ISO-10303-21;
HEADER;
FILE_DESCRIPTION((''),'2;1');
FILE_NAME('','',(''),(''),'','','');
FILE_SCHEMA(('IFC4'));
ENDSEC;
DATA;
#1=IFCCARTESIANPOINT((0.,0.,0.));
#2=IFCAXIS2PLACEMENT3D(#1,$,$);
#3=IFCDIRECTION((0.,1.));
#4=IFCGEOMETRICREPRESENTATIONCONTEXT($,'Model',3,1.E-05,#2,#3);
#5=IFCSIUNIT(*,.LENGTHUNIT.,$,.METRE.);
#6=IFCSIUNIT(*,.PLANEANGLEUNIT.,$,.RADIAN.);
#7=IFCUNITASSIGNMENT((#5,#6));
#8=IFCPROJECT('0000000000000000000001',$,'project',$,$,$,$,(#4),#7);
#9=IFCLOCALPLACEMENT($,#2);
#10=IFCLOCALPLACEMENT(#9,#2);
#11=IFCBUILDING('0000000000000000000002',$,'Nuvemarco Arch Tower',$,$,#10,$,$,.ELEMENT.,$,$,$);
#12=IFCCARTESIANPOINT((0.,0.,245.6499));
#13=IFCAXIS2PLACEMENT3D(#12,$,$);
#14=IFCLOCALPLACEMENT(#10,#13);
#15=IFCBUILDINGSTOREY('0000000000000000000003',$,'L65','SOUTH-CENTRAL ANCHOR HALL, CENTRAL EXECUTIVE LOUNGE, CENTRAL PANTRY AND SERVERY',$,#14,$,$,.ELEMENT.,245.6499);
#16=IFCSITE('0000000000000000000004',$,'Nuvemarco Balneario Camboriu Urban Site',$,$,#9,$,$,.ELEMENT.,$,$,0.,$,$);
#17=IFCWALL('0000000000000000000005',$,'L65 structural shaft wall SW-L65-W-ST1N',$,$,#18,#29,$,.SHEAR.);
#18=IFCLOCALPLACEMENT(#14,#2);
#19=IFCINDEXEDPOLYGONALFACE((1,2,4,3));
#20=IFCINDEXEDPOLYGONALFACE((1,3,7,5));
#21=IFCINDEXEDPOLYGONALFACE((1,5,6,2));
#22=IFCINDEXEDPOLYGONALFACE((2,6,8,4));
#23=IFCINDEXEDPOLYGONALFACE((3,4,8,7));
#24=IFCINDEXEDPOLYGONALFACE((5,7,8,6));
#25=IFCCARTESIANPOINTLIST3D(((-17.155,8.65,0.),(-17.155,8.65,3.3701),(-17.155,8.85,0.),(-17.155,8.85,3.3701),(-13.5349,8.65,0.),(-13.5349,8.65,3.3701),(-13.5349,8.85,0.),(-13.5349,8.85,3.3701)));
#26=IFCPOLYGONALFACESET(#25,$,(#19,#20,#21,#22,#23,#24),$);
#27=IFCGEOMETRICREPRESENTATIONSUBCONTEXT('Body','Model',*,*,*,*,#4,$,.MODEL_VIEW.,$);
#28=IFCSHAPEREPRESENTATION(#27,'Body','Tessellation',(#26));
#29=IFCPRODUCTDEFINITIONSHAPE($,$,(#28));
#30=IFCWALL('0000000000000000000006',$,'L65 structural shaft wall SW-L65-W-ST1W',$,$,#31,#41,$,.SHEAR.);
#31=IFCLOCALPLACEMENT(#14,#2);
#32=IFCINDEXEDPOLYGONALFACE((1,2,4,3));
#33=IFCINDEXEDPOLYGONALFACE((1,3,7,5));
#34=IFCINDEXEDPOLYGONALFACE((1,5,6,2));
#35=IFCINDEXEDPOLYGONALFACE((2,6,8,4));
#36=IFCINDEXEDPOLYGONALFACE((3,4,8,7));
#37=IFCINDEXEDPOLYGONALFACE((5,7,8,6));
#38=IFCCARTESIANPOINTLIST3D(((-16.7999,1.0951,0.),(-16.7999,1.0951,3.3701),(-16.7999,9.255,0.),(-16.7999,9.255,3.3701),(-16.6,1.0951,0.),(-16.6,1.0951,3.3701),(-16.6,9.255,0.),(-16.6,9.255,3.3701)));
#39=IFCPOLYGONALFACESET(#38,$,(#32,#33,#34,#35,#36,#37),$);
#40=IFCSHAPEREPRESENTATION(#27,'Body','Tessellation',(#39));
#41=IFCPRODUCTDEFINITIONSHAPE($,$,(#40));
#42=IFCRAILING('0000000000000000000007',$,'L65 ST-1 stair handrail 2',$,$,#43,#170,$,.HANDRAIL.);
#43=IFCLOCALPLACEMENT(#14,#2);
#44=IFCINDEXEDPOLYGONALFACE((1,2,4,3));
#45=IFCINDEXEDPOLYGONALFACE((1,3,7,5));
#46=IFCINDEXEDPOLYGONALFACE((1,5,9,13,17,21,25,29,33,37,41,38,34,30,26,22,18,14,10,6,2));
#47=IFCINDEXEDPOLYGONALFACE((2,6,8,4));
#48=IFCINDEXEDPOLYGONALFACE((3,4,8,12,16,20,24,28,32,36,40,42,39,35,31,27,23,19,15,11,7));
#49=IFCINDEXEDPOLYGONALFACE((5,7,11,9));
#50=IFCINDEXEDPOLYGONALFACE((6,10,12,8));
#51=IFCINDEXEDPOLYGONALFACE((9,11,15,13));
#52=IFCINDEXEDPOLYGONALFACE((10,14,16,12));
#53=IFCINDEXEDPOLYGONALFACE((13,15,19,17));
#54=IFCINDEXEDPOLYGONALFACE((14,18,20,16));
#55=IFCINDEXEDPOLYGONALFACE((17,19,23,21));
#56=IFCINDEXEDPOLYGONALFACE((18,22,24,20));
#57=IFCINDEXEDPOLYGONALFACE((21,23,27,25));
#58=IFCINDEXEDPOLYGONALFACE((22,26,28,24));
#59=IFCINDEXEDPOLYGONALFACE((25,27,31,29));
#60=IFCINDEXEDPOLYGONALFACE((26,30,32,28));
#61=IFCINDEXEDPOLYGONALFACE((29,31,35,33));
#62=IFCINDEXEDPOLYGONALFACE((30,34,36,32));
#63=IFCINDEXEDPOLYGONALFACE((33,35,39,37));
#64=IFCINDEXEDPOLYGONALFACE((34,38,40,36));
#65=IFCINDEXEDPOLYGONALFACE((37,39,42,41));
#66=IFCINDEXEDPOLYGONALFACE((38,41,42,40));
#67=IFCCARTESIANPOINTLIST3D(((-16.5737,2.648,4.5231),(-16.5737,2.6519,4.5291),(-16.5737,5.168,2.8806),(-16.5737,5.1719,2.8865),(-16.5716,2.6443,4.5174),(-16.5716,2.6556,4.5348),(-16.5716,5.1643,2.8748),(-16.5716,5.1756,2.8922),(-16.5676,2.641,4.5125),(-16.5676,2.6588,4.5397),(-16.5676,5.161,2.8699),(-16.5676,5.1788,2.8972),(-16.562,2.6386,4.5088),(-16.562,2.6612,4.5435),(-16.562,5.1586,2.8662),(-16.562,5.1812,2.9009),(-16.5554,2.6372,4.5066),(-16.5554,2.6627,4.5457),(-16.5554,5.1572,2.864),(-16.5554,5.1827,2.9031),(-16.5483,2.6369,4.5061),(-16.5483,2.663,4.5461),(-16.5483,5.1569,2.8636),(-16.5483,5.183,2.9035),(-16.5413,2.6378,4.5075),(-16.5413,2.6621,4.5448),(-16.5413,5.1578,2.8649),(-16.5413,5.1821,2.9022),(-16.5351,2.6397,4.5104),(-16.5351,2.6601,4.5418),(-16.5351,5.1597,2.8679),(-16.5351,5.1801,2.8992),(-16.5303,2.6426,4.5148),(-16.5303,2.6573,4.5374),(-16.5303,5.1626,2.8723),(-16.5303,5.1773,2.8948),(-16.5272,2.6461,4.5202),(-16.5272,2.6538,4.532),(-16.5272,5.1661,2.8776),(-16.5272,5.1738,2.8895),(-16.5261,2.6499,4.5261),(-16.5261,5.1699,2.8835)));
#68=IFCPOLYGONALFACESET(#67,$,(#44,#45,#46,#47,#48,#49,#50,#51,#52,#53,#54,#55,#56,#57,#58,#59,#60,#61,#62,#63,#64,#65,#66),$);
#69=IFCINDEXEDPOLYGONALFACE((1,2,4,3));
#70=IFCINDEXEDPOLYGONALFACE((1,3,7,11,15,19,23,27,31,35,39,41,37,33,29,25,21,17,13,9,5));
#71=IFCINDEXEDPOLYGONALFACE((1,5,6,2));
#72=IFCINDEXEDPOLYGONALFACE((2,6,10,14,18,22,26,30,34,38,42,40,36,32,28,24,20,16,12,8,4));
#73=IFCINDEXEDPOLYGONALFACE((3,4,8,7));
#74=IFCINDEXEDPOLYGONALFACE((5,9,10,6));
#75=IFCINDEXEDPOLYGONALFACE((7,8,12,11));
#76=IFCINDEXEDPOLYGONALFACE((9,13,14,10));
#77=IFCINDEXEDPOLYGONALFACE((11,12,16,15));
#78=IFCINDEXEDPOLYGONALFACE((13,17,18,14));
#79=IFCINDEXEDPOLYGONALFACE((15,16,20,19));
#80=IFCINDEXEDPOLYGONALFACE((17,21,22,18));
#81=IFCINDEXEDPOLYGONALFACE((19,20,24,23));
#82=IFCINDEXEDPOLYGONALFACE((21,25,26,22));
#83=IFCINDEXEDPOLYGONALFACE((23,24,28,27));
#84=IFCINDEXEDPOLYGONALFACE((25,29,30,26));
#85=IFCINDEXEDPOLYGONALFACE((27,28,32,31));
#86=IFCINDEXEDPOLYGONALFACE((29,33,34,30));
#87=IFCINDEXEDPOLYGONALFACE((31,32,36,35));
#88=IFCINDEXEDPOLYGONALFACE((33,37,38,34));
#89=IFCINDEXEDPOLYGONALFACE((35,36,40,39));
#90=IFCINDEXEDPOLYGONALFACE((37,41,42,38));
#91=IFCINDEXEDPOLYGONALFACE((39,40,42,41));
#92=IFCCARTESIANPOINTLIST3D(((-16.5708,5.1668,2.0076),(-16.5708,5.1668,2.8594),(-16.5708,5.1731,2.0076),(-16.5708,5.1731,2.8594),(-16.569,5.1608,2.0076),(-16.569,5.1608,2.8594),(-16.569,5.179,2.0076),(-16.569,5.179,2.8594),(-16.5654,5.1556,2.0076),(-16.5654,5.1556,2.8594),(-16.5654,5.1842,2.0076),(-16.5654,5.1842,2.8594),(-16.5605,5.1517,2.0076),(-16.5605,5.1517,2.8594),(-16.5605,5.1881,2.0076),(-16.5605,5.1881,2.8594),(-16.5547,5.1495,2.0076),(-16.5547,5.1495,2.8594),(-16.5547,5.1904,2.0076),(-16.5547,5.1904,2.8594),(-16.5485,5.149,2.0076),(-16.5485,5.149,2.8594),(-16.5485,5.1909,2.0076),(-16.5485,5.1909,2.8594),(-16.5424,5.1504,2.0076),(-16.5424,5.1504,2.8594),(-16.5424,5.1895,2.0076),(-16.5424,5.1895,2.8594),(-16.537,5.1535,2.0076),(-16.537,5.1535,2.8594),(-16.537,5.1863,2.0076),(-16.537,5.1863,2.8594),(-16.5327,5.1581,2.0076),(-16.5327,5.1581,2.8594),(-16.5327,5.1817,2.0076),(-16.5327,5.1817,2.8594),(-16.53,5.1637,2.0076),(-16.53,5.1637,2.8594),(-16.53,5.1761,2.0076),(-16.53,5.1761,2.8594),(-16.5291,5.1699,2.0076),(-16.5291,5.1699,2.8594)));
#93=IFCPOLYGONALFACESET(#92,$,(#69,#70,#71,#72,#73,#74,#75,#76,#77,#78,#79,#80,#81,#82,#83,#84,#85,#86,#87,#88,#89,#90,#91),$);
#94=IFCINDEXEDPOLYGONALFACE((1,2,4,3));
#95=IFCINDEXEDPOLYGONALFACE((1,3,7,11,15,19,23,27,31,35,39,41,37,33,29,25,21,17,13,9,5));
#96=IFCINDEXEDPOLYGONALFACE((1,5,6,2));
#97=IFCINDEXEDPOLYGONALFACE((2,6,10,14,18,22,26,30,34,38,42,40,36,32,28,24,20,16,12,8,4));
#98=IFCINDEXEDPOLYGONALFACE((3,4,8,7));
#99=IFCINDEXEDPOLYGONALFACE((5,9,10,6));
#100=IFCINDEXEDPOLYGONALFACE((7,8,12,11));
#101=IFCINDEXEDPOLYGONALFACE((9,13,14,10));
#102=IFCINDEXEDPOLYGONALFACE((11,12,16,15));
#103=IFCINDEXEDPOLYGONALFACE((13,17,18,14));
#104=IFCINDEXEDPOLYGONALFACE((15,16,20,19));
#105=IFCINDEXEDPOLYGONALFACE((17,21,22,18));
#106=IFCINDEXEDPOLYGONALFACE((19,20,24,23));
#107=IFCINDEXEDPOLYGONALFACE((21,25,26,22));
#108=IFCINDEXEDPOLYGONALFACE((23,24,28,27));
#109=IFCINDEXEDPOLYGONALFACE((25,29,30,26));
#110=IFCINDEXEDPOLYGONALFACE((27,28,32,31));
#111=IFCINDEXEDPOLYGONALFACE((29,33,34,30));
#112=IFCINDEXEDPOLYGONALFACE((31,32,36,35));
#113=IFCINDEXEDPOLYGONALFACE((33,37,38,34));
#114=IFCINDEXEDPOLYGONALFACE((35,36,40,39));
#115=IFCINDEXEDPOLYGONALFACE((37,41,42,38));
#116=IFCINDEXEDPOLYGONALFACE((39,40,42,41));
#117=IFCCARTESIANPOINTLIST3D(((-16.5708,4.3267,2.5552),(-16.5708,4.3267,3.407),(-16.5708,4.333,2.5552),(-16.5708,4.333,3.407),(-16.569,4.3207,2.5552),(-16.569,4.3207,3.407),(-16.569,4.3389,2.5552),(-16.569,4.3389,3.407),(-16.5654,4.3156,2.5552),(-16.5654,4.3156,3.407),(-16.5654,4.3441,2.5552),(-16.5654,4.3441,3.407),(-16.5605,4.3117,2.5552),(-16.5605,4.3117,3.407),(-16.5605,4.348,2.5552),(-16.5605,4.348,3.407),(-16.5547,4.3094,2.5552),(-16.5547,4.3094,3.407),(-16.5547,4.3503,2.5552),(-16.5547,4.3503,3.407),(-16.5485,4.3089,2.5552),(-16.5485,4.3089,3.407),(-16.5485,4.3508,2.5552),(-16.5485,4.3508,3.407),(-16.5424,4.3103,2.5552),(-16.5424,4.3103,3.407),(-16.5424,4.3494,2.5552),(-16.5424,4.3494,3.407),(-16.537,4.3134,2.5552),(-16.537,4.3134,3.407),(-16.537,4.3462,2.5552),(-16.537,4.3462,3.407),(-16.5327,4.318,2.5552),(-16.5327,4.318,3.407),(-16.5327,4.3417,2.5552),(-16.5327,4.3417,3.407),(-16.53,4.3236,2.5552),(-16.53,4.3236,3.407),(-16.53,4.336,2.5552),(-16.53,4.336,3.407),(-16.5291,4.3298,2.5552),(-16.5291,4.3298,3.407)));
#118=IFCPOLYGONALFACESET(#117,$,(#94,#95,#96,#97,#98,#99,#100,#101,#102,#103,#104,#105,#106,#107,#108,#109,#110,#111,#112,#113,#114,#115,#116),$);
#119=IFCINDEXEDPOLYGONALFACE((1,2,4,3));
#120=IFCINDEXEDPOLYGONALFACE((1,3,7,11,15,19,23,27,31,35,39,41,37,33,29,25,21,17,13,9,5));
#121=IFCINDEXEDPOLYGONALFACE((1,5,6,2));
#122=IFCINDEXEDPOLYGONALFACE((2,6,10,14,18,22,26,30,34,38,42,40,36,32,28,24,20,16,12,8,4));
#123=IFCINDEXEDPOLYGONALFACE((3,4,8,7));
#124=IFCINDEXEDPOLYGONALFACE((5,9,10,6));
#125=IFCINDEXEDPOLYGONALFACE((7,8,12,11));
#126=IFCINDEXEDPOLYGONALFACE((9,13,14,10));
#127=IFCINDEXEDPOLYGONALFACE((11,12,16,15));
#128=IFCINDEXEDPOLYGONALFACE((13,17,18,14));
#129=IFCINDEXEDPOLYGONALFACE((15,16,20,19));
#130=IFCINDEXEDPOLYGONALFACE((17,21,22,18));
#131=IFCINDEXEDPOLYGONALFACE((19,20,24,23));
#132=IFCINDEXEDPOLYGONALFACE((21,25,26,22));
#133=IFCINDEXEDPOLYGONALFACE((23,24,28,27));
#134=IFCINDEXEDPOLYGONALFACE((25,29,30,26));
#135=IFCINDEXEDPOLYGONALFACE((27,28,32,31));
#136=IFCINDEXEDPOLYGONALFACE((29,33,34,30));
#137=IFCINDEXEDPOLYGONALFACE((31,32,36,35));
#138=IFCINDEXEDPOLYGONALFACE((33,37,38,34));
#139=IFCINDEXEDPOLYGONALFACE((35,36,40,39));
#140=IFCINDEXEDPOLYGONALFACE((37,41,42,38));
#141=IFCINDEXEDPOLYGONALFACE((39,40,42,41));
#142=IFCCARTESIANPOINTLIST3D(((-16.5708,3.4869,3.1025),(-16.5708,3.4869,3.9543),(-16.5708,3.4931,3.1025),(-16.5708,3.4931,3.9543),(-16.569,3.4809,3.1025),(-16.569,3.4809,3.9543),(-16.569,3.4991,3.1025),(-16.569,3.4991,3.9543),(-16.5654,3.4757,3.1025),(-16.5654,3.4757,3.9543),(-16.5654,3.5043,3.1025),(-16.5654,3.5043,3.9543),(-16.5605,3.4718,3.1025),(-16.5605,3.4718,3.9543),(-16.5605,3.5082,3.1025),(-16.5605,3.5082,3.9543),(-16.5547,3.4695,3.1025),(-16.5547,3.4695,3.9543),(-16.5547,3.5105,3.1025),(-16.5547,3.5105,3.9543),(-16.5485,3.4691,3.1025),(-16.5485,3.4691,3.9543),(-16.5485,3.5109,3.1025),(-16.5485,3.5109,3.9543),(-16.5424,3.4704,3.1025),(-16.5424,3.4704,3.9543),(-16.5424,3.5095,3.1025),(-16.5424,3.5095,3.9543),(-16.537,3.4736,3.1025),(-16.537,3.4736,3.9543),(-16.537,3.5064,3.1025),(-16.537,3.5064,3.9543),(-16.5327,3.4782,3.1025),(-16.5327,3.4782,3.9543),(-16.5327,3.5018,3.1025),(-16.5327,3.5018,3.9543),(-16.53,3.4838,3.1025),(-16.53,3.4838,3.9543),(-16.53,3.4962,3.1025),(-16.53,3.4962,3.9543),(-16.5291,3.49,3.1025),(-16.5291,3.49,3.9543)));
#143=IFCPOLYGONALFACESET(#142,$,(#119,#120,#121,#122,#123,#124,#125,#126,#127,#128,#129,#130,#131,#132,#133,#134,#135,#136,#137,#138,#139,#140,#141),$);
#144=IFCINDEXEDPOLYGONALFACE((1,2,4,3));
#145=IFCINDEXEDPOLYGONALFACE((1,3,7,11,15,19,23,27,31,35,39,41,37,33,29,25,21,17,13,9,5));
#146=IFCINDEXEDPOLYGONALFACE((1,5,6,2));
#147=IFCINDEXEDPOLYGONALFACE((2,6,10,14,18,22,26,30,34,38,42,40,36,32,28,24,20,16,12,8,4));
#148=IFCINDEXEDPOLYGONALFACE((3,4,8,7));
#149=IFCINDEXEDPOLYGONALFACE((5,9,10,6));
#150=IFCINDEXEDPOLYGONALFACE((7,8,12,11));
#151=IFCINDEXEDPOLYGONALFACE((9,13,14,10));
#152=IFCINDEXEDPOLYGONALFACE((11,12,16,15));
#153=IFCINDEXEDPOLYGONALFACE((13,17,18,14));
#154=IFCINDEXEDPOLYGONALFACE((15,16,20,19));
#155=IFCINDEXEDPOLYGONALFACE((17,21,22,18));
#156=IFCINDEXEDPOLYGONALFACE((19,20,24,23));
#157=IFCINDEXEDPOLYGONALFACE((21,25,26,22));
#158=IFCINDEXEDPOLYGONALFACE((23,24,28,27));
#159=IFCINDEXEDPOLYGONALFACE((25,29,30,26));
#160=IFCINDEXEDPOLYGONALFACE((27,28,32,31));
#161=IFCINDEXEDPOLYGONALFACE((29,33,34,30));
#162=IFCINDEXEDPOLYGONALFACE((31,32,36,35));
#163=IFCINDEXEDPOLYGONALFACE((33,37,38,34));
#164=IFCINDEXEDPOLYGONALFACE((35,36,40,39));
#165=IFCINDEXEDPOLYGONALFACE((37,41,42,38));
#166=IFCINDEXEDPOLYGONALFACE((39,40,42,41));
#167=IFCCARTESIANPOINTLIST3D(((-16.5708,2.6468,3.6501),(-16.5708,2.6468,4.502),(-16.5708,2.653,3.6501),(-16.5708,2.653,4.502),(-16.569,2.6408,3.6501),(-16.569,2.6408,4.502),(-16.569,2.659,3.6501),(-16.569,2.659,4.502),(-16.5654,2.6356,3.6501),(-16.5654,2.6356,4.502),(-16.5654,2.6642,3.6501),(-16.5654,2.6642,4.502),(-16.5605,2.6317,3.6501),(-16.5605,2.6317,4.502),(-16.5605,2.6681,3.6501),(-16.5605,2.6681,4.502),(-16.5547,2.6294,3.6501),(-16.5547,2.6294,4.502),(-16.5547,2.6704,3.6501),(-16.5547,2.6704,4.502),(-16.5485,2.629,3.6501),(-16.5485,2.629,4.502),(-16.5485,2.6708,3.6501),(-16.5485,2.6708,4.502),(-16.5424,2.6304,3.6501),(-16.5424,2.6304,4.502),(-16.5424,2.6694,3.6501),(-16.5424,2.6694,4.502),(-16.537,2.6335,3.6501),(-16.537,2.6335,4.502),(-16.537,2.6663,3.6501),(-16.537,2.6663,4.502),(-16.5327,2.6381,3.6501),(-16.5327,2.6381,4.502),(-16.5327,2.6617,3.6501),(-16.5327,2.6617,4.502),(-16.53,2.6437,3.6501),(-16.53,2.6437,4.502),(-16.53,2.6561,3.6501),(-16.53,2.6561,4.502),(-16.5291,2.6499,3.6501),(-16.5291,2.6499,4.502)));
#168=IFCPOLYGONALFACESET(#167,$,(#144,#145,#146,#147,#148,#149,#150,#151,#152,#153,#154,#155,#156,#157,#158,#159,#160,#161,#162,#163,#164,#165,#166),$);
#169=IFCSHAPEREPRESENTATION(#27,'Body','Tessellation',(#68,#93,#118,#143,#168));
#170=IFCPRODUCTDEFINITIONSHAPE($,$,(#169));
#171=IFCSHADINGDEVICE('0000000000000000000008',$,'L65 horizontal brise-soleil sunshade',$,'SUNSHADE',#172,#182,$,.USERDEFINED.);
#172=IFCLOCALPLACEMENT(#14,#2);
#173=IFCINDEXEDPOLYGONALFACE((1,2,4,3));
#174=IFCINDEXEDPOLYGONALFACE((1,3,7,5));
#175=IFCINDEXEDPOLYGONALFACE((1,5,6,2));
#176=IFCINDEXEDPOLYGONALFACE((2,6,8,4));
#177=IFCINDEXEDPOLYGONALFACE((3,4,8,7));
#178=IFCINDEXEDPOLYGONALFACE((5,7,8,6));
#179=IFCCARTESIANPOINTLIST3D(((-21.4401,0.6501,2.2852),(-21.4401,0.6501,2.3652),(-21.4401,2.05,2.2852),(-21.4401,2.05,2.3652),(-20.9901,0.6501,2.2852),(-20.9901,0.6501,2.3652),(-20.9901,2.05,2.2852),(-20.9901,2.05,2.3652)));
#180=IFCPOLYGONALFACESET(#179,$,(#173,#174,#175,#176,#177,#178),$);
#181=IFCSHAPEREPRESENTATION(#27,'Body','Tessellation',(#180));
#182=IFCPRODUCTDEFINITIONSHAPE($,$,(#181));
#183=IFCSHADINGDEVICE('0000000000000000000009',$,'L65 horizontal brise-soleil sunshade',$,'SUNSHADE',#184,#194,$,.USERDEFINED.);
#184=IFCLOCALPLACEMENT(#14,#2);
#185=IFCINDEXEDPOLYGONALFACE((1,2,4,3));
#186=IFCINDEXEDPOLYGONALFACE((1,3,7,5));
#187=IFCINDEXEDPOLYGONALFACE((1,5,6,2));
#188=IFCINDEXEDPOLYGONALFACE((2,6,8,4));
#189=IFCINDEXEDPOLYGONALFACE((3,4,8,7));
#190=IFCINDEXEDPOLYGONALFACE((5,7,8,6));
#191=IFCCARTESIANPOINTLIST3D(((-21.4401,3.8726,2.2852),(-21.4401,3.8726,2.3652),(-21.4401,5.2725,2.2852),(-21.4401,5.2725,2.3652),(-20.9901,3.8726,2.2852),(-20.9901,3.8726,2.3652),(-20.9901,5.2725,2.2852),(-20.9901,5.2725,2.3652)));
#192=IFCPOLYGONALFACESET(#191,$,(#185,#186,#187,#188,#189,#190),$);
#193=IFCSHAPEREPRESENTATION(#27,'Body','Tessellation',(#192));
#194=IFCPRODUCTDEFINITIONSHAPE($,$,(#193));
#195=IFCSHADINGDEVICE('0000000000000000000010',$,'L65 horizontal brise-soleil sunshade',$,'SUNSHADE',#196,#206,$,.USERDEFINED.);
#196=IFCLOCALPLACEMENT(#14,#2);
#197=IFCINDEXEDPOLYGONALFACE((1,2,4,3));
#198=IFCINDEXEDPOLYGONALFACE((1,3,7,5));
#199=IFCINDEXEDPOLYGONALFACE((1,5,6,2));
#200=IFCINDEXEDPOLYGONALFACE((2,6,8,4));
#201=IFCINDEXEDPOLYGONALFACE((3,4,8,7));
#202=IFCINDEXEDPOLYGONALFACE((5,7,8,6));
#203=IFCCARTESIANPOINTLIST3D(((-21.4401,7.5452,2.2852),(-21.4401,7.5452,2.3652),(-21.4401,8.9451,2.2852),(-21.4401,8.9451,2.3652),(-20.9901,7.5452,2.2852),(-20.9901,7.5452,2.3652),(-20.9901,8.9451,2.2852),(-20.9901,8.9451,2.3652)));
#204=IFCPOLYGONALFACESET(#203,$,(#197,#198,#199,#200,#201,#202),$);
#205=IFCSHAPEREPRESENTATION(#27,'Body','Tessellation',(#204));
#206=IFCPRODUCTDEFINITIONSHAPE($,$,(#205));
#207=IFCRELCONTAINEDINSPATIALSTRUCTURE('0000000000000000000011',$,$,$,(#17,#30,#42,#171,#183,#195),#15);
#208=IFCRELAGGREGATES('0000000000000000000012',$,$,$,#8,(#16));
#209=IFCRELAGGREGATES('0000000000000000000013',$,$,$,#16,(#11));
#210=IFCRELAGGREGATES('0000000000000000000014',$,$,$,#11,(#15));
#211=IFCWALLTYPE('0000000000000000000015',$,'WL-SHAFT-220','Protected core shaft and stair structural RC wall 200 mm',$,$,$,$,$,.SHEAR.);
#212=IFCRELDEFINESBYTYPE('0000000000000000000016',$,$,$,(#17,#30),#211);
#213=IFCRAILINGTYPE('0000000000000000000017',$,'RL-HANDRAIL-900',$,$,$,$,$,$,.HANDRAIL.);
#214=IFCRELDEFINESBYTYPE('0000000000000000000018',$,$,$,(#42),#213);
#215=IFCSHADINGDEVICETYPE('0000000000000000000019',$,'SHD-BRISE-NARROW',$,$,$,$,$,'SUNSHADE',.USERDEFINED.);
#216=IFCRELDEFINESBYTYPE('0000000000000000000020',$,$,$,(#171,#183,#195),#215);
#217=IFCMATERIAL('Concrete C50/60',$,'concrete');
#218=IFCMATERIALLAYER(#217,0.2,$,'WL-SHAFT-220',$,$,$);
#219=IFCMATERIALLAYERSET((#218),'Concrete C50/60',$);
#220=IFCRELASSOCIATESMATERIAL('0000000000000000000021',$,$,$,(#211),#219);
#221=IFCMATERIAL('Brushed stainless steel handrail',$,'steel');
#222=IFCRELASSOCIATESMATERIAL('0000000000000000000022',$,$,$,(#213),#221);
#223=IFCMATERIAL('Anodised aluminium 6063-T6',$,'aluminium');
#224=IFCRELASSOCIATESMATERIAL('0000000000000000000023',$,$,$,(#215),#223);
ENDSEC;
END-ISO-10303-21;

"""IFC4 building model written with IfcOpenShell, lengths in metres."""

from ifc_helpers import new_model, si_unit, direction, frame, frame_2d, origin, origin_2d, place, context, subcontext, project, spatial, rectangle, circle, extrude, source, transform, mapped, material, layer, layer_set, type_object, type_shapes, element, save


model = new_model("IFC4")

# Units and contexts
model_context = context("Model", 3, precision=1e-05, world=origin(), true_north=direction((0.0, 1.0)))
body_context = subcontext(model_context, "Body", "Model", "MODEL_VIEW")
ifc_project = project(units=[si_unit("LENGTHUNIT", "METRE"), si_unit("PLANEANGLEUNIT", "RADIAN")], contexts=[model_context])

# Site, building, storey
site_placement = place(None, origin())
site = spatial("IfcSite", under=ifc_project, at=site_placement, Name="Nuvemarco Balneario Camboriu Urban Site", CompositionType="ELEMENT", RefElevation=0.0)
building_placement = place(site_placement, origin())
building = spatial("IfcBuilding", under=site, at=building_placement, Name="Nuvemarco Arch Tower", CompositionType="ELEMENT")
storey_placement = place(building_placement, frame((0.0, 0.0, 245.6499)))
storey = spatial("IfcBuildingStorey", under=building, at=storey_placement, Name="L65", Description="SOUTH-CENTRAL ANCHOR HALL, CENTRAL EXECUTIVE LOUNGE, CENTRAL PANTRY AND SERVERY", CompositionType="ELEMENT", Elevation=245.6499)

# Shared definitions
ifc_material_1 = material(Name="Concrete C50/60", Category="concrete")

# Walls
ifc_layer_1 = layer(ifc_material_1, 0.2, Name="WL-SHAFT-220")
ifc_layer_set_1 = layer_set([ifc_layer_1], Name="Concrete C50/60")
wall_type_1 = type_object("IfcWallType", Name="WL-SHAFT-220", Description="Protected core shaft and stair structural RC wall 200 mm", PredefinedType="SHEAR", material=ifc_layer_set_1)
for number, where, z_axis, x_axis, name in (
    (1, (-17.155, 8.75, 0.0), (0.0, 0.0, 1.0), (1.0, 0.0, 0.0), "L65 structural shaft wall SW-L65-W-ST1N"),
):
    element("IfcWall", number, at=place(storey_placement, frame(where, z_axis=z_axis, x_axis=x_axis)), inside=storey, type_object=wall_type_1, Name=name, PredefinedType="SHEAR", context=body_context, shape_type="SweptSolid", body=[
        extrude(rectangle(XDim=3.6201, YDim=0.2, at=frame_2d((1.8101, 0.0))), origin(), (0.0, 0.0, 1.0), 3.3701),
    ])
wall_1_placement = place(storey_placement, frame((-16.7, 1.095, 0.0), z_axis=(0.0, 0.0, 1.0), x_axis=(0.0, 1.0, 0.0)))
element("IfcWall", 2, at=wall_1_placement, inside=storey, type_object=wall_type_1, Name="L65 structural shaft wall SW-L65-W-ST1W", PredefinedType="SHEAR", context=body_context, shape_type="SweptSolid", body=[
    extrude(rectangle(XDim=8.1599, YDim=0.2, at=frame_2d((4.0801, 0.0))), origin(), (0.0, 0.0, 1.0), 3.3701),
])

# Railing
ifc_material_2 = material(Name="Brushed stainless steel handrail", Category="steel")
railing_type = type_object("IfcRailingType", Name="RL-HANDRAIL-900", PredefinedType="HANDRAIL", material=ifc_material_2)
railing_placement = place(storey_placement, frame((-16.55, 5.1699, 2.0076)))
element("IfcRailing", 3, at=railing_placement, inside=storey, type_object=railing_type, Name="L65 ST-1 stair handrail 2", PredefinedType="HANDRAIL", context=body_context, shape_type="SweptSolid", body=[
    extrude(circle(Radius=0.0239, at=origin_2d()), frame((0.0, 0.0, 0.876), z_axis=(0.0, -0.837749, 0.546055), x_axis=(1.0, 0.0, 0.0)), (0.0, 0.0, 1.0), 3.0081),
    extrude(circle(Radius=0.021, at=origin_2d()), origin(), (0.0, 0.0, 1.0), 0.8518),
    extrude(circle(Radius=0.021, at=origin_2d()), frame((0.0, -0.8401, 0.5476)), (0.0, 0.0, 1.0), 0.8518),
    extrude(circle(Radius=0.021, at=origin_2d()), frame((0.0, -1.6799, 1.095)), (0.0, 0.0, 1.0), 0.8518),
    extrude(circle(Radius=0.021, at=origin_2d()), frame((0.0, -2.52, 1.6426)), (0.0, 0.0, 1.0), 0.8518),
])

# Shading devices
ifc_material_3 = material(Name="Anodised aluminium 6063-T6", Category="aluminium")
shading_device_type = type_object("IfcShadingDeviceType", Name="SHD-BRISE-NARROW", ElementType="SUNSHADE", PredefinedType="USERDEFINED", material=ifc_material_3)
shared_shape = source(origin(), body_context, "Body", "SweptSolid", [
    extrude(rectangle(XDim=1.3999, YDim=0.45, at=origin_2d()), origin(), (0.0, 0.0, 1.0), 0.0801),
])
type_shapes(shading_device_type, [shared_shape])
for number, where, z_axis, x_axis, name in (
    (4, (-21.2151, 1.3501, 2.2852), (0.0, 0.0, 1.0), (0.0, 1.0, 0.0), "L65 horizontal brise-soleil sunshade"),
    (5, (-21.2151, 4.5725, 2.2852), (0.0, 0.0, 1.0), (0.0, 1.0, 0.0), "L65 horizontal brise-soleil sunshade"),
    (6, (-21.2151, 8.2451, 2.2852), (0.0, 0.0, 1.0), (0.0, 1.0, 0.0), "L65 horizontal brise-soleil sunshade"),
):
    element("IfcShadingDevice", number, at=place(storey_placement, frame(where, z_axis=z_axis, x_axis=x_axis)), inside=storey, type_object=shading_device_type, Name=name, ObjectType="SUNSHADE", PredefinedType="USERDEFINED", context=body_context, shape_type="MappedRepresentation", body=[
        mapped(shared_shape, transform((0.0, 0.0, 0.0), scale=1.0)),
    ])

save(model, "model.ifc")
